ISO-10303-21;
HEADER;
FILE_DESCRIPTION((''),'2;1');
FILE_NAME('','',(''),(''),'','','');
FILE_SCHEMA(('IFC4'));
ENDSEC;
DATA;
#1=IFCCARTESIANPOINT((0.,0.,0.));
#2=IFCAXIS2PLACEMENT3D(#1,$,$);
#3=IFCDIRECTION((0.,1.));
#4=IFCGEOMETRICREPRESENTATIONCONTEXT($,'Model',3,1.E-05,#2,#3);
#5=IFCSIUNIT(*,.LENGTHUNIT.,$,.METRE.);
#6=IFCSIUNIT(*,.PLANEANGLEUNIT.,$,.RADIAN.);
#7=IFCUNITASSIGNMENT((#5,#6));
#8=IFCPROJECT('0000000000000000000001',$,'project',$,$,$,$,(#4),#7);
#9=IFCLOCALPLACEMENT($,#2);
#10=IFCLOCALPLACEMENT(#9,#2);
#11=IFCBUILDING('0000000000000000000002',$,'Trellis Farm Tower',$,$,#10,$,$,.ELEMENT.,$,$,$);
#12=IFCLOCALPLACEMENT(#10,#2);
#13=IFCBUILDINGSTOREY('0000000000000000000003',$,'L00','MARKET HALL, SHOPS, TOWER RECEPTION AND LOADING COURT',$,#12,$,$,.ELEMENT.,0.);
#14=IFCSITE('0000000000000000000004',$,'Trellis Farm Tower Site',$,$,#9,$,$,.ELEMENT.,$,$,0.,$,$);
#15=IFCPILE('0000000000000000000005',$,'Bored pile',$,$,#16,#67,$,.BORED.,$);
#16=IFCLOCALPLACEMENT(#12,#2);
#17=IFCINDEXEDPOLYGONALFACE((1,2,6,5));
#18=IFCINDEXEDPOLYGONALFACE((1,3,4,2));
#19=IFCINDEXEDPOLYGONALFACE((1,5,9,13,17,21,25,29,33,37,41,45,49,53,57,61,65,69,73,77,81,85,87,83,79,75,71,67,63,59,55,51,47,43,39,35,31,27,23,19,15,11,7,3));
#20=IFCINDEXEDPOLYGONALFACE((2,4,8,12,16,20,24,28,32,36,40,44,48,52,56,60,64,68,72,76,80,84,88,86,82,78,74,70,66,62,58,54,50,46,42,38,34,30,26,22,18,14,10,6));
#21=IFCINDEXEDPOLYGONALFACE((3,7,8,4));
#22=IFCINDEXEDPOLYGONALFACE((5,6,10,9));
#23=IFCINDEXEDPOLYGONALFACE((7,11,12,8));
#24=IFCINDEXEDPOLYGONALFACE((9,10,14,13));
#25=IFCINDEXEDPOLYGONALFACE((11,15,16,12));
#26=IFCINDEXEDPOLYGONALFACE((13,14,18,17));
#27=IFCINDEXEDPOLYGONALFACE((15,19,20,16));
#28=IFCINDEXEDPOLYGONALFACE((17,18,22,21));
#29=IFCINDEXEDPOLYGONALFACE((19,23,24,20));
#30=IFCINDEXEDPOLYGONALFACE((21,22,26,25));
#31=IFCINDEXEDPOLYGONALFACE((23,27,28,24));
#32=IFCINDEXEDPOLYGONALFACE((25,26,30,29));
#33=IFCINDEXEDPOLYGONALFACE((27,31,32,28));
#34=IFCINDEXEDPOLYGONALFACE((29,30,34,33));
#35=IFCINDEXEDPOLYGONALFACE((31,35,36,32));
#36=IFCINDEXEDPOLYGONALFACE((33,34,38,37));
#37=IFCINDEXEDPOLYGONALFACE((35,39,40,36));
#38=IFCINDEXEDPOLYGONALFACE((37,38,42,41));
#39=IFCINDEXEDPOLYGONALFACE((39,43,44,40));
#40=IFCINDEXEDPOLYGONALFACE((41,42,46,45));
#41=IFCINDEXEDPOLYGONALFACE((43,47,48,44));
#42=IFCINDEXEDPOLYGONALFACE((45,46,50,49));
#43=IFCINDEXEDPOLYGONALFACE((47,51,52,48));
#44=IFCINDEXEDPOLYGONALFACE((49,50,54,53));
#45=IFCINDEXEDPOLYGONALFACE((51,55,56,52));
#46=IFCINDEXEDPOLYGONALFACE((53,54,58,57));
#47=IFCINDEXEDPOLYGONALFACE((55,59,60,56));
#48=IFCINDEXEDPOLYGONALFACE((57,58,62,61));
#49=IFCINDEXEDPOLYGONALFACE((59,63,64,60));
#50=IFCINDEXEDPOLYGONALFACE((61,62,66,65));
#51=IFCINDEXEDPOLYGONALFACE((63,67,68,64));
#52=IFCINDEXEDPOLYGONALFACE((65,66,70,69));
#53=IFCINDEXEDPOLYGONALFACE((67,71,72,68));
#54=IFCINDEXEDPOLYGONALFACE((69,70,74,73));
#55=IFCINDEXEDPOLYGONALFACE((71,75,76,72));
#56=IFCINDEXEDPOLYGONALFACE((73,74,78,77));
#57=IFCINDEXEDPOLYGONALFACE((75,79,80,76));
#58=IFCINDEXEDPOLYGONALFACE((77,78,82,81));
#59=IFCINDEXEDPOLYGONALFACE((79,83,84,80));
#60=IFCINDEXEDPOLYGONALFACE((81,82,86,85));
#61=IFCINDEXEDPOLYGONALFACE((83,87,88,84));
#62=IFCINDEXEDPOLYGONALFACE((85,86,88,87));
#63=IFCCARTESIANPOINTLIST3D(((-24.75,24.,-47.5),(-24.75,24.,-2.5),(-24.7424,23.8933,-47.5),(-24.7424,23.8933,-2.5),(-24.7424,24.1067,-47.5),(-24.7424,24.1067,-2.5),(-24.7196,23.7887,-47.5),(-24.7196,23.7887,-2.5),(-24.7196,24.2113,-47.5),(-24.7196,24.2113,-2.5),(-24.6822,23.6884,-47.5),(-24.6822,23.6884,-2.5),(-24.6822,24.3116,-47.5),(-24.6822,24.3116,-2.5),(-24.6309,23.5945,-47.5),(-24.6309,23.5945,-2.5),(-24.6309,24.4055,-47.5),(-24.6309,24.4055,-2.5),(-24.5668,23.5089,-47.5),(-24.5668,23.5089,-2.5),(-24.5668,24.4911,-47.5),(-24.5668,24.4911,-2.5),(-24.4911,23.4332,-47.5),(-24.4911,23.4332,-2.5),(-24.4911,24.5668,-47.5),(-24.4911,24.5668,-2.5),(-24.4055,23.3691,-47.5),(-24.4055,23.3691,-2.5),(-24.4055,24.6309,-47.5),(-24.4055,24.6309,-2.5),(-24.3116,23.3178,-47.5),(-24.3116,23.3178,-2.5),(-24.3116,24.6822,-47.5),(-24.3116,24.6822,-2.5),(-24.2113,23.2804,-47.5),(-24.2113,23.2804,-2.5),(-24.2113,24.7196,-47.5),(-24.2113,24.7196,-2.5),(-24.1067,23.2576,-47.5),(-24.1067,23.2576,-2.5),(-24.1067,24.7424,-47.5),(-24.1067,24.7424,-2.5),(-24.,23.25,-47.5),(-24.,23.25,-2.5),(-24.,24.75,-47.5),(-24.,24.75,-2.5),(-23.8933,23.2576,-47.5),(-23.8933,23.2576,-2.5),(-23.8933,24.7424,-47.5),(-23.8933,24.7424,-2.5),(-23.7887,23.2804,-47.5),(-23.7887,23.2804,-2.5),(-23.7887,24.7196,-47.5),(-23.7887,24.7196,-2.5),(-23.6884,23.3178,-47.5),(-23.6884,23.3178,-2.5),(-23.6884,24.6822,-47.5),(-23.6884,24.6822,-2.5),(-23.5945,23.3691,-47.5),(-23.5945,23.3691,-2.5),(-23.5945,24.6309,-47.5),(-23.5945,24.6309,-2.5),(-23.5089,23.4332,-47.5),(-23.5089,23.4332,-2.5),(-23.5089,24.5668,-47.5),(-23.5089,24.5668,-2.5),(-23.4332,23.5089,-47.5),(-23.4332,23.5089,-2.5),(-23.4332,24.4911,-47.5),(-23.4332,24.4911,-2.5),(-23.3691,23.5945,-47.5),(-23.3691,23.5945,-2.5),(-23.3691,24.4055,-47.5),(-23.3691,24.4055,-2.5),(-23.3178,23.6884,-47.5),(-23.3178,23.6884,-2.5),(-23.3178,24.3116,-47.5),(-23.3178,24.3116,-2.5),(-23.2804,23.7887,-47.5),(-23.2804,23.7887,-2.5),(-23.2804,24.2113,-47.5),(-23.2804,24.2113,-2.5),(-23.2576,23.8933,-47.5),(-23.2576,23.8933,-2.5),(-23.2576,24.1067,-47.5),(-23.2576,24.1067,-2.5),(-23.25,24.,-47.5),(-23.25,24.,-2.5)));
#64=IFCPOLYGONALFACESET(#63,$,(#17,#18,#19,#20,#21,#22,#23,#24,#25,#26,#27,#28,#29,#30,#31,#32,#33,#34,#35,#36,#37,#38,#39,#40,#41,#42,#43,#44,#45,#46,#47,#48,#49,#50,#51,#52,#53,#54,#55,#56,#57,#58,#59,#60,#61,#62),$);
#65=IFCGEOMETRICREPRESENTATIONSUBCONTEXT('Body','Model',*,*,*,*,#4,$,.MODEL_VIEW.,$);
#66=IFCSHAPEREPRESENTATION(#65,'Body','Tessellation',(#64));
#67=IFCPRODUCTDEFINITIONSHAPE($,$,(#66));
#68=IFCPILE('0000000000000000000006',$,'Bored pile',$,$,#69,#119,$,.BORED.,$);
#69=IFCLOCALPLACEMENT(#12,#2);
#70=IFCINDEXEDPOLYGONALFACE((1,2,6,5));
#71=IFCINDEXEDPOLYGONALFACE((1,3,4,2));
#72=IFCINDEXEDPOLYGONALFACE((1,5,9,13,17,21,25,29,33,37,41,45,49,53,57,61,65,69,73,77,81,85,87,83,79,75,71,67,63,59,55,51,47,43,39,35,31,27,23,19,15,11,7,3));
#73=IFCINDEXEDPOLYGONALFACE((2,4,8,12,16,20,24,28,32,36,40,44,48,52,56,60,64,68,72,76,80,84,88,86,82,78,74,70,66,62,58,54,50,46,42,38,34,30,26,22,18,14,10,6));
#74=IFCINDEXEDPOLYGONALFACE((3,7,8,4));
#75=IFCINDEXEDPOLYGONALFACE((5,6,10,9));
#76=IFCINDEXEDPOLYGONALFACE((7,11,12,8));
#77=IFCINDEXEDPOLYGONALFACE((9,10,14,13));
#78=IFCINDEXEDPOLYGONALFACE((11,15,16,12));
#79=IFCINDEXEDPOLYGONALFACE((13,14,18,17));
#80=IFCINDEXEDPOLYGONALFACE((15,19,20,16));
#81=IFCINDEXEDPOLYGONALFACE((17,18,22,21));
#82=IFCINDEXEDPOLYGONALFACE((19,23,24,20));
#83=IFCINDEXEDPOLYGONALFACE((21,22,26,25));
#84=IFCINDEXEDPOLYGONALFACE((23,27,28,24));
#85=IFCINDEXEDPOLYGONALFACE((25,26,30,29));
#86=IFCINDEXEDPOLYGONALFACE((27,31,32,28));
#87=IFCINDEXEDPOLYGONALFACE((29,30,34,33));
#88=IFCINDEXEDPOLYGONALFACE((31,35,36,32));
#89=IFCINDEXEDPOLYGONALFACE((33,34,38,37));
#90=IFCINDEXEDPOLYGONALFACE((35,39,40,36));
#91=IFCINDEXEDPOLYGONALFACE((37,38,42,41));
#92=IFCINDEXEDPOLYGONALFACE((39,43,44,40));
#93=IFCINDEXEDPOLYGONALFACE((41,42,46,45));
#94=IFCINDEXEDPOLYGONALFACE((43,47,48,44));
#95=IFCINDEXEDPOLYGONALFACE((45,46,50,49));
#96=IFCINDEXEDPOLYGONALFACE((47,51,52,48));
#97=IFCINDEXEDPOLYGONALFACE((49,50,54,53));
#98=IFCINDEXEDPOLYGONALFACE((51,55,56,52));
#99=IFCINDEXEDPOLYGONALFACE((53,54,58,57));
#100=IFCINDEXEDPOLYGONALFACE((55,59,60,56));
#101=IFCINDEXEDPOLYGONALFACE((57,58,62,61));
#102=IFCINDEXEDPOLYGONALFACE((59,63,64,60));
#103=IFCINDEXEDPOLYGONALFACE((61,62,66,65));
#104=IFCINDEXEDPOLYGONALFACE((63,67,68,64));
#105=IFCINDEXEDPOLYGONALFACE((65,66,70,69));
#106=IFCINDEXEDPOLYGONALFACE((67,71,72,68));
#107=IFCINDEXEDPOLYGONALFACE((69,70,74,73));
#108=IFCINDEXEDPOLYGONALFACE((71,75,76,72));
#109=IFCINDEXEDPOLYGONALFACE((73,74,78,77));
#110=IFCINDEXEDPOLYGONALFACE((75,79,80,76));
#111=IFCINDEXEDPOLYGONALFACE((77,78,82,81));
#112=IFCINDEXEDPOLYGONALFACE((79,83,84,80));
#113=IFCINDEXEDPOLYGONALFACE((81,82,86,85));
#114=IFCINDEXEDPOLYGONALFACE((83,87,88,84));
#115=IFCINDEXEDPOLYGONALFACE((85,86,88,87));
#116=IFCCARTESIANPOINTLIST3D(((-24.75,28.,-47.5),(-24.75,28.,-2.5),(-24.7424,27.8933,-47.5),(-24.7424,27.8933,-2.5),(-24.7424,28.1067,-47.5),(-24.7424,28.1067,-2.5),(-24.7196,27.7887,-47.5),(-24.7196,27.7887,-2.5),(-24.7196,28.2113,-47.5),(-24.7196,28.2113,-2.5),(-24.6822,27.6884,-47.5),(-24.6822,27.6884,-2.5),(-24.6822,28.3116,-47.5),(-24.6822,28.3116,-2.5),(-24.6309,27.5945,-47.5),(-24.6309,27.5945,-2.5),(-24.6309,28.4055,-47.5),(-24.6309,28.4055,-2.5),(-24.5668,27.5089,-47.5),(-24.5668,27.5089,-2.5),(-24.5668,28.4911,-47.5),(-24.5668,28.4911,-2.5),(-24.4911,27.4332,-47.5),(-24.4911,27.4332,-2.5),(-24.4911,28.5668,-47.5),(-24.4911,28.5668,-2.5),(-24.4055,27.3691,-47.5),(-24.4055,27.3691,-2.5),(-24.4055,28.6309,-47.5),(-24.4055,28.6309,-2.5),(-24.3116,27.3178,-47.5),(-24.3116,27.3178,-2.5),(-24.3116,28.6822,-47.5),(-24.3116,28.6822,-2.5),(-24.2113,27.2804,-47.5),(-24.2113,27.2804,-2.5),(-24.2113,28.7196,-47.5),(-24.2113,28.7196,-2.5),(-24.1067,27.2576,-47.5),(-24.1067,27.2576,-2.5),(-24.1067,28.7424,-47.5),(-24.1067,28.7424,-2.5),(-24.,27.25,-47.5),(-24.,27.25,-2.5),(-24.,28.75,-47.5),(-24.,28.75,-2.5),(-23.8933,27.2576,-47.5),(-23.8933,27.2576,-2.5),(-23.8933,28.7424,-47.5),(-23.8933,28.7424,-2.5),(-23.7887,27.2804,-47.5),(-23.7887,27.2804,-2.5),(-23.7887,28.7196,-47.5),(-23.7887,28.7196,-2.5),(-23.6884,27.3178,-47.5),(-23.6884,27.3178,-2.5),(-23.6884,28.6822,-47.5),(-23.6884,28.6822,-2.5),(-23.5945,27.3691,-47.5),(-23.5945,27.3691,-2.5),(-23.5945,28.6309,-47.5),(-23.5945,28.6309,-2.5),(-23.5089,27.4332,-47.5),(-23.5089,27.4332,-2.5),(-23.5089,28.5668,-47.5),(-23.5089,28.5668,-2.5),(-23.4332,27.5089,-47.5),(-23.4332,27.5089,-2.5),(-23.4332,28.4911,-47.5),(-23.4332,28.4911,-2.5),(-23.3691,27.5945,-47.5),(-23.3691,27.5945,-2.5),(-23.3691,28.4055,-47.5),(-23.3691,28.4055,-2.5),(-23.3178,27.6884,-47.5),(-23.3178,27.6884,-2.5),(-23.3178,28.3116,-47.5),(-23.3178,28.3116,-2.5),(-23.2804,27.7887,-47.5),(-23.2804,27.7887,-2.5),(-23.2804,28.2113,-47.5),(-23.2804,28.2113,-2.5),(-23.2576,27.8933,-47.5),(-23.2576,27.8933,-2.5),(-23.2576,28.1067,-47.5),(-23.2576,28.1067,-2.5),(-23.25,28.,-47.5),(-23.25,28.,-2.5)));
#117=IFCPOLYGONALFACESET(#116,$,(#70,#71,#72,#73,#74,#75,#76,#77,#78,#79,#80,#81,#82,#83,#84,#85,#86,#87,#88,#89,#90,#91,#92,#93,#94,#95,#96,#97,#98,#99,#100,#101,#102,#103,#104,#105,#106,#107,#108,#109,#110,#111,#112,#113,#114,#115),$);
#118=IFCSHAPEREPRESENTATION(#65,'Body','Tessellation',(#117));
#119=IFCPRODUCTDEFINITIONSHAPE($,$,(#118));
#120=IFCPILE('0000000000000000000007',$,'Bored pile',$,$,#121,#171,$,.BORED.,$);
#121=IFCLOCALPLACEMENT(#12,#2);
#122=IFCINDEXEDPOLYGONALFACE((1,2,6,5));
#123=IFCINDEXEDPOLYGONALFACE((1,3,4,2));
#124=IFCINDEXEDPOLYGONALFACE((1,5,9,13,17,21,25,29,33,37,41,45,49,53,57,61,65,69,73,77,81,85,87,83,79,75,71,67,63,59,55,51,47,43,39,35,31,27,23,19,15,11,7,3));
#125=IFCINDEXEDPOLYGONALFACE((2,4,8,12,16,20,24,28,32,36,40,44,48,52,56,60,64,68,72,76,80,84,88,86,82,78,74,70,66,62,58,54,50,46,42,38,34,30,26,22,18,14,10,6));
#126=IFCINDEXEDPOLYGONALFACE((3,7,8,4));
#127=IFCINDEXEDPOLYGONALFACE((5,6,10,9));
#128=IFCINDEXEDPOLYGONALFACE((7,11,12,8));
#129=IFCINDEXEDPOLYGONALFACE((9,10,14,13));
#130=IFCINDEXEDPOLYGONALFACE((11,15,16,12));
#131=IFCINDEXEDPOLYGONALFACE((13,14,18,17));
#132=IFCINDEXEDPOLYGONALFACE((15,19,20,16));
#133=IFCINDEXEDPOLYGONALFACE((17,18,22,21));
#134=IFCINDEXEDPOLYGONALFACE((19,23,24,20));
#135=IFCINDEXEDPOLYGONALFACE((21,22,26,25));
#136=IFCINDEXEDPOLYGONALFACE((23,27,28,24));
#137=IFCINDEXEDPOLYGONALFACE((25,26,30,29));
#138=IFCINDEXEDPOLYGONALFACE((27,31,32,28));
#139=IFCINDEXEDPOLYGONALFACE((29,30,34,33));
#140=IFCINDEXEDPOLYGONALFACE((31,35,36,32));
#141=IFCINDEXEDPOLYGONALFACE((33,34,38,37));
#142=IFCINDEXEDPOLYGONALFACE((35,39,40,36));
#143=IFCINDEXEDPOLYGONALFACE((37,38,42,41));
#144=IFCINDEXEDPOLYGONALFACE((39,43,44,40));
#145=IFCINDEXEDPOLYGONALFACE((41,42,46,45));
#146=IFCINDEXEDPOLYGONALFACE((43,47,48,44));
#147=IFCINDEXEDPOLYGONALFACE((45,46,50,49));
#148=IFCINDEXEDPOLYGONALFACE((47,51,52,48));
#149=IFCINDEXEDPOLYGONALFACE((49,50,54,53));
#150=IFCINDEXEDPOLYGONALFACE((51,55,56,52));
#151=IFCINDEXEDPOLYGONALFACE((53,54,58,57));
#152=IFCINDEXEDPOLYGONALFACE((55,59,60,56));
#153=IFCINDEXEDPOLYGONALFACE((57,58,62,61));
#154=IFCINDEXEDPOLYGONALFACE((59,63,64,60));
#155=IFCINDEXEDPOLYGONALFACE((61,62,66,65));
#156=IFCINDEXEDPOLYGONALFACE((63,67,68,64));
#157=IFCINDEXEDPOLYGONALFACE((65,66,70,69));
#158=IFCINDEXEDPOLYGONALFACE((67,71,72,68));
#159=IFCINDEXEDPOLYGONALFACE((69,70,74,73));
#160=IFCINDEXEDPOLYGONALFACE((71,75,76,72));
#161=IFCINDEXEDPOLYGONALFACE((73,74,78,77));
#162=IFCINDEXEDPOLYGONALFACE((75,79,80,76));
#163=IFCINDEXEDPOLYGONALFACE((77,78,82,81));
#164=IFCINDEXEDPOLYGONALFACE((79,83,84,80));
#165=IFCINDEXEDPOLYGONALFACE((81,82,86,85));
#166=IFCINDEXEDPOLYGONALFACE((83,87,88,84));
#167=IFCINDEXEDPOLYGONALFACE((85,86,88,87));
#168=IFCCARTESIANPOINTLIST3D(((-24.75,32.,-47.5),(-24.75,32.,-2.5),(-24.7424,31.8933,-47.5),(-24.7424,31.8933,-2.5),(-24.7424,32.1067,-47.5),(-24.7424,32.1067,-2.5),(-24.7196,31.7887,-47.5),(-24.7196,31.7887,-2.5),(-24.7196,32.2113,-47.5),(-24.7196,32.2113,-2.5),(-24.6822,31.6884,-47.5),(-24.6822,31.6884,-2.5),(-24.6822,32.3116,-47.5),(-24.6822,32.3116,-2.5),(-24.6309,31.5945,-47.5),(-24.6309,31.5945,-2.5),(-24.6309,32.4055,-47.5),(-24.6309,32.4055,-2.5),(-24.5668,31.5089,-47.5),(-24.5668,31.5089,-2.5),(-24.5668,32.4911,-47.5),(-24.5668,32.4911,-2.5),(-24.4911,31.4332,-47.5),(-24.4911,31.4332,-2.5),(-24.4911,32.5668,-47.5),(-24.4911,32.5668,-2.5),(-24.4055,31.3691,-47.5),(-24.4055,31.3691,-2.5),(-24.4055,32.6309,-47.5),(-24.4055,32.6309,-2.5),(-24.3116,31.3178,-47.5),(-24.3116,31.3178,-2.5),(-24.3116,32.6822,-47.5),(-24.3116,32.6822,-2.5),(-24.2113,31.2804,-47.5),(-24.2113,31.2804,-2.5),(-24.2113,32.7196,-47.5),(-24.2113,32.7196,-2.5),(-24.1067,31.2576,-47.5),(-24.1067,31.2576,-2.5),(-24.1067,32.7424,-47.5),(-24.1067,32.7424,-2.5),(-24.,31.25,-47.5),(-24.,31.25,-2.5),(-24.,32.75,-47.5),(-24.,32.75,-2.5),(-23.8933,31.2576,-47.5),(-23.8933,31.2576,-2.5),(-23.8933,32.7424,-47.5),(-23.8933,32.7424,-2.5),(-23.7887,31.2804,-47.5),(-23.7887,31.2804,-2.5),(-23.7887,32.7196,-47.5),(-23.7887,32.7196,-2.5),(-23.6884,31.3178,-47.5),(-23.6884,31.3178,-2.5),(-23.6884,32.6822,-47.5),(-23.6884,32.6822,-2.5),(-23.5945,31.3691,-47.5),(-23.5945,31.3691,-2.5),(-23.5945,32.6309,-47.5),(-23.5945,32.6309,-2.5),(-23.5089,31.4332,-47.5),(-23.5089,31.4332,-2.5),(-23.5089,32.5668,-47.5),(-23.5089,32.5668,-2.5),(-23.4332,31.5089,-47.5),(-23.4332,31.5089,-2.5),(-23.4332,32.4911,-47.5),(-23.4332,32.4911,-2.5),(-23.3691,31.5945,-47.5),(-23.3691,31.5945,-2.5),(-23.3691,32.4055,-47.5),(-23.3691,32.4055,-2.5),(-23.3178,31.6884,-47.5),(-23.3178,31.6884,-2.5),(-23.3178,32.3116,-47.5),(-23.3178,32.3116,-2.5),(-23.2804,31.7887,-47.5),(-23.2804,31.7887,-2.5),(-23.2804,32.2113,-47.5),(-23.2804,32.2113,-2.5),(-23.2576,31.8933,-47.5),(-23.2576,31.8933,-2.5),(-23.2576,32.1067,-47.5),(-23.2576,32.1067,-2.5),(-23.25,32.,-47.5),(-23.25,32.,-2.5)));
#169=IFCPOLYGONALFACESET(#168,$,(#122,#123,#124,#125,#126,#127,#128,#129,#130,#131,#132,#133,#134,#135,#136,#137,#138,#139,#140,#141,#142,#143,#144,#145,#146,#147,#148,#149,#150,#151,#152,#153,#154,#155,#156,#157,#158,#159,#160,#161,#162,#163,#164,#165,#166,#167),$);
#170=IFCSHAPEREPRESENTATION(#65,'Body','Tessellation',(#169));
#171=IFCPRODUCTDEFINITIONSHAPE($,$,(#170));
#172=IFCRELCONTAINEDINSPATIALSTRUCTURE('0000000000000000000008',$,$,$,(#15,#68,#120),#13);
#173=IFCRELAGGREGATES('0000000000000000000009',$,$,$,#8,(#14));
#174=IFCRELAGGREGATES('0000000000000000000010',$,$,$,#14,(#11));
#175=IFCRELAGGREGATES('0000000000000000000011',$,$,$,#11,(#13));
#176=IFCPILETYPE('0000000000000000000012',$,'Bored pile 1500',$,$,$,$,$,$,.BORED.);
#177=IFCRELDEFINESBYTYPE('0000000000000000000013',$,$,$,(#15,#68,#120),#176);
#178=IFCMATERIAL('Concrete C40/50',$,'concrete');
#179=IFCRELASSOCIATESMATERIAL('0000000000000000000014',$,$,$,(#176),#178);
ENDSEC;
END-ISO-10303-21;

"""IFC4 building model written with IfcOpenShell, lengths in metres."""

from ifc_helpers import new_model, si_unit, direction, frame, origin, origin_2d, place, context, subcontext, project, spatial, circle, extrude, source, transform, mapped, material, material_profile, profile_set, type_object, element, save


model = new_model("IFC4")

# Units and contexts
model_context = context("Model", 3, precision=1e-05, world=origin(), true_north=direction((0.0, 1.0)))
body_context = subcontext(model_context, "Body", "Model", "MODEL_VIEW")
ifc_project = project(units=[si_unit("LENGTHUNIT", "METRE"), si_unit("PLANEANGLEUNIT", "RADIAN")], contexts=[model_context])

# Site, building, storey
site_placement = place(None, origin())
site = spatial("IfcSite", under=ifc_project, at=site_placement, Name="Trellis Farm Tower Site", CompositionType="ELEMENT", RefElevation=0.0)
building_placement = place(site_placement, origin())
building = spatial("IfcBuilding", under=site, at=building_placement, Name="Trellis Farm Tower", CompositionType="ELEMENT")
storey_placement = place(building_placement, origin())
storey = spatial("IfcBuildingStorey", under=building, at=storey_placement, Name="L00", Description="MARKET HALL, SHOPS, TOWER RECEPTION AND LOADING COURT", CompositionType="ELEMENT", Elevation=0.0)

# Piles
ifc_material_1 = material(Name="Concrete C40/50", Category="concrete")
ifc_material_profile_1 = material_profile(ifc_material_1, circle(Radius=0.75, at=origin_2d()), Name="Bored pile 1500")
ifc_profile_set_1 = profile_set([ifc_material_profile_1], Name="Concrete C40/50")
pile_type = type_object("IfcPileType", Name="Bored pile 1500", PredefinedType="BORED", material=ifc_profile_set_1)
shared_shape_1 = source(origin(), body_context, "Body", "SweptSolid", [
    extrude(circle(Radius=0.75, at=origin_2d()), origin(), (0.0, 0.0, 1.0), 45.0),
])
for number, where, z_axis, x_axis, name in (
    (1, (-24.0, 24.0, -2.5), (0.0, 0.0, -1.0), (1.0, 0.0, 0.0), "Bored pile"),
    (2, (-24.0, 28.0, -2.5), (0.0, 0.0, -1.0), (1.0, 0.0, 0.0), "Bored pile"),
    (3, (-24.0, 32.0, -2.5), (0.0, 0.0, -1.0), (1.0, 0.0, 0.0), "Bored pile"),
):
    element("IfcPile", number, at=place(storey_placement, frame(where, z_axis=z_axis, x_axis=x_axis)), inside=storey, type_object=pile_type, Name=name, PredefinedType="BORED", context=body_context, shape_type="MappedRepresentation", body=[
        mapped(shared_shape_1, transform((0.0, 0.0, 0.0))),
    ])

save(model, "model.ifc")
